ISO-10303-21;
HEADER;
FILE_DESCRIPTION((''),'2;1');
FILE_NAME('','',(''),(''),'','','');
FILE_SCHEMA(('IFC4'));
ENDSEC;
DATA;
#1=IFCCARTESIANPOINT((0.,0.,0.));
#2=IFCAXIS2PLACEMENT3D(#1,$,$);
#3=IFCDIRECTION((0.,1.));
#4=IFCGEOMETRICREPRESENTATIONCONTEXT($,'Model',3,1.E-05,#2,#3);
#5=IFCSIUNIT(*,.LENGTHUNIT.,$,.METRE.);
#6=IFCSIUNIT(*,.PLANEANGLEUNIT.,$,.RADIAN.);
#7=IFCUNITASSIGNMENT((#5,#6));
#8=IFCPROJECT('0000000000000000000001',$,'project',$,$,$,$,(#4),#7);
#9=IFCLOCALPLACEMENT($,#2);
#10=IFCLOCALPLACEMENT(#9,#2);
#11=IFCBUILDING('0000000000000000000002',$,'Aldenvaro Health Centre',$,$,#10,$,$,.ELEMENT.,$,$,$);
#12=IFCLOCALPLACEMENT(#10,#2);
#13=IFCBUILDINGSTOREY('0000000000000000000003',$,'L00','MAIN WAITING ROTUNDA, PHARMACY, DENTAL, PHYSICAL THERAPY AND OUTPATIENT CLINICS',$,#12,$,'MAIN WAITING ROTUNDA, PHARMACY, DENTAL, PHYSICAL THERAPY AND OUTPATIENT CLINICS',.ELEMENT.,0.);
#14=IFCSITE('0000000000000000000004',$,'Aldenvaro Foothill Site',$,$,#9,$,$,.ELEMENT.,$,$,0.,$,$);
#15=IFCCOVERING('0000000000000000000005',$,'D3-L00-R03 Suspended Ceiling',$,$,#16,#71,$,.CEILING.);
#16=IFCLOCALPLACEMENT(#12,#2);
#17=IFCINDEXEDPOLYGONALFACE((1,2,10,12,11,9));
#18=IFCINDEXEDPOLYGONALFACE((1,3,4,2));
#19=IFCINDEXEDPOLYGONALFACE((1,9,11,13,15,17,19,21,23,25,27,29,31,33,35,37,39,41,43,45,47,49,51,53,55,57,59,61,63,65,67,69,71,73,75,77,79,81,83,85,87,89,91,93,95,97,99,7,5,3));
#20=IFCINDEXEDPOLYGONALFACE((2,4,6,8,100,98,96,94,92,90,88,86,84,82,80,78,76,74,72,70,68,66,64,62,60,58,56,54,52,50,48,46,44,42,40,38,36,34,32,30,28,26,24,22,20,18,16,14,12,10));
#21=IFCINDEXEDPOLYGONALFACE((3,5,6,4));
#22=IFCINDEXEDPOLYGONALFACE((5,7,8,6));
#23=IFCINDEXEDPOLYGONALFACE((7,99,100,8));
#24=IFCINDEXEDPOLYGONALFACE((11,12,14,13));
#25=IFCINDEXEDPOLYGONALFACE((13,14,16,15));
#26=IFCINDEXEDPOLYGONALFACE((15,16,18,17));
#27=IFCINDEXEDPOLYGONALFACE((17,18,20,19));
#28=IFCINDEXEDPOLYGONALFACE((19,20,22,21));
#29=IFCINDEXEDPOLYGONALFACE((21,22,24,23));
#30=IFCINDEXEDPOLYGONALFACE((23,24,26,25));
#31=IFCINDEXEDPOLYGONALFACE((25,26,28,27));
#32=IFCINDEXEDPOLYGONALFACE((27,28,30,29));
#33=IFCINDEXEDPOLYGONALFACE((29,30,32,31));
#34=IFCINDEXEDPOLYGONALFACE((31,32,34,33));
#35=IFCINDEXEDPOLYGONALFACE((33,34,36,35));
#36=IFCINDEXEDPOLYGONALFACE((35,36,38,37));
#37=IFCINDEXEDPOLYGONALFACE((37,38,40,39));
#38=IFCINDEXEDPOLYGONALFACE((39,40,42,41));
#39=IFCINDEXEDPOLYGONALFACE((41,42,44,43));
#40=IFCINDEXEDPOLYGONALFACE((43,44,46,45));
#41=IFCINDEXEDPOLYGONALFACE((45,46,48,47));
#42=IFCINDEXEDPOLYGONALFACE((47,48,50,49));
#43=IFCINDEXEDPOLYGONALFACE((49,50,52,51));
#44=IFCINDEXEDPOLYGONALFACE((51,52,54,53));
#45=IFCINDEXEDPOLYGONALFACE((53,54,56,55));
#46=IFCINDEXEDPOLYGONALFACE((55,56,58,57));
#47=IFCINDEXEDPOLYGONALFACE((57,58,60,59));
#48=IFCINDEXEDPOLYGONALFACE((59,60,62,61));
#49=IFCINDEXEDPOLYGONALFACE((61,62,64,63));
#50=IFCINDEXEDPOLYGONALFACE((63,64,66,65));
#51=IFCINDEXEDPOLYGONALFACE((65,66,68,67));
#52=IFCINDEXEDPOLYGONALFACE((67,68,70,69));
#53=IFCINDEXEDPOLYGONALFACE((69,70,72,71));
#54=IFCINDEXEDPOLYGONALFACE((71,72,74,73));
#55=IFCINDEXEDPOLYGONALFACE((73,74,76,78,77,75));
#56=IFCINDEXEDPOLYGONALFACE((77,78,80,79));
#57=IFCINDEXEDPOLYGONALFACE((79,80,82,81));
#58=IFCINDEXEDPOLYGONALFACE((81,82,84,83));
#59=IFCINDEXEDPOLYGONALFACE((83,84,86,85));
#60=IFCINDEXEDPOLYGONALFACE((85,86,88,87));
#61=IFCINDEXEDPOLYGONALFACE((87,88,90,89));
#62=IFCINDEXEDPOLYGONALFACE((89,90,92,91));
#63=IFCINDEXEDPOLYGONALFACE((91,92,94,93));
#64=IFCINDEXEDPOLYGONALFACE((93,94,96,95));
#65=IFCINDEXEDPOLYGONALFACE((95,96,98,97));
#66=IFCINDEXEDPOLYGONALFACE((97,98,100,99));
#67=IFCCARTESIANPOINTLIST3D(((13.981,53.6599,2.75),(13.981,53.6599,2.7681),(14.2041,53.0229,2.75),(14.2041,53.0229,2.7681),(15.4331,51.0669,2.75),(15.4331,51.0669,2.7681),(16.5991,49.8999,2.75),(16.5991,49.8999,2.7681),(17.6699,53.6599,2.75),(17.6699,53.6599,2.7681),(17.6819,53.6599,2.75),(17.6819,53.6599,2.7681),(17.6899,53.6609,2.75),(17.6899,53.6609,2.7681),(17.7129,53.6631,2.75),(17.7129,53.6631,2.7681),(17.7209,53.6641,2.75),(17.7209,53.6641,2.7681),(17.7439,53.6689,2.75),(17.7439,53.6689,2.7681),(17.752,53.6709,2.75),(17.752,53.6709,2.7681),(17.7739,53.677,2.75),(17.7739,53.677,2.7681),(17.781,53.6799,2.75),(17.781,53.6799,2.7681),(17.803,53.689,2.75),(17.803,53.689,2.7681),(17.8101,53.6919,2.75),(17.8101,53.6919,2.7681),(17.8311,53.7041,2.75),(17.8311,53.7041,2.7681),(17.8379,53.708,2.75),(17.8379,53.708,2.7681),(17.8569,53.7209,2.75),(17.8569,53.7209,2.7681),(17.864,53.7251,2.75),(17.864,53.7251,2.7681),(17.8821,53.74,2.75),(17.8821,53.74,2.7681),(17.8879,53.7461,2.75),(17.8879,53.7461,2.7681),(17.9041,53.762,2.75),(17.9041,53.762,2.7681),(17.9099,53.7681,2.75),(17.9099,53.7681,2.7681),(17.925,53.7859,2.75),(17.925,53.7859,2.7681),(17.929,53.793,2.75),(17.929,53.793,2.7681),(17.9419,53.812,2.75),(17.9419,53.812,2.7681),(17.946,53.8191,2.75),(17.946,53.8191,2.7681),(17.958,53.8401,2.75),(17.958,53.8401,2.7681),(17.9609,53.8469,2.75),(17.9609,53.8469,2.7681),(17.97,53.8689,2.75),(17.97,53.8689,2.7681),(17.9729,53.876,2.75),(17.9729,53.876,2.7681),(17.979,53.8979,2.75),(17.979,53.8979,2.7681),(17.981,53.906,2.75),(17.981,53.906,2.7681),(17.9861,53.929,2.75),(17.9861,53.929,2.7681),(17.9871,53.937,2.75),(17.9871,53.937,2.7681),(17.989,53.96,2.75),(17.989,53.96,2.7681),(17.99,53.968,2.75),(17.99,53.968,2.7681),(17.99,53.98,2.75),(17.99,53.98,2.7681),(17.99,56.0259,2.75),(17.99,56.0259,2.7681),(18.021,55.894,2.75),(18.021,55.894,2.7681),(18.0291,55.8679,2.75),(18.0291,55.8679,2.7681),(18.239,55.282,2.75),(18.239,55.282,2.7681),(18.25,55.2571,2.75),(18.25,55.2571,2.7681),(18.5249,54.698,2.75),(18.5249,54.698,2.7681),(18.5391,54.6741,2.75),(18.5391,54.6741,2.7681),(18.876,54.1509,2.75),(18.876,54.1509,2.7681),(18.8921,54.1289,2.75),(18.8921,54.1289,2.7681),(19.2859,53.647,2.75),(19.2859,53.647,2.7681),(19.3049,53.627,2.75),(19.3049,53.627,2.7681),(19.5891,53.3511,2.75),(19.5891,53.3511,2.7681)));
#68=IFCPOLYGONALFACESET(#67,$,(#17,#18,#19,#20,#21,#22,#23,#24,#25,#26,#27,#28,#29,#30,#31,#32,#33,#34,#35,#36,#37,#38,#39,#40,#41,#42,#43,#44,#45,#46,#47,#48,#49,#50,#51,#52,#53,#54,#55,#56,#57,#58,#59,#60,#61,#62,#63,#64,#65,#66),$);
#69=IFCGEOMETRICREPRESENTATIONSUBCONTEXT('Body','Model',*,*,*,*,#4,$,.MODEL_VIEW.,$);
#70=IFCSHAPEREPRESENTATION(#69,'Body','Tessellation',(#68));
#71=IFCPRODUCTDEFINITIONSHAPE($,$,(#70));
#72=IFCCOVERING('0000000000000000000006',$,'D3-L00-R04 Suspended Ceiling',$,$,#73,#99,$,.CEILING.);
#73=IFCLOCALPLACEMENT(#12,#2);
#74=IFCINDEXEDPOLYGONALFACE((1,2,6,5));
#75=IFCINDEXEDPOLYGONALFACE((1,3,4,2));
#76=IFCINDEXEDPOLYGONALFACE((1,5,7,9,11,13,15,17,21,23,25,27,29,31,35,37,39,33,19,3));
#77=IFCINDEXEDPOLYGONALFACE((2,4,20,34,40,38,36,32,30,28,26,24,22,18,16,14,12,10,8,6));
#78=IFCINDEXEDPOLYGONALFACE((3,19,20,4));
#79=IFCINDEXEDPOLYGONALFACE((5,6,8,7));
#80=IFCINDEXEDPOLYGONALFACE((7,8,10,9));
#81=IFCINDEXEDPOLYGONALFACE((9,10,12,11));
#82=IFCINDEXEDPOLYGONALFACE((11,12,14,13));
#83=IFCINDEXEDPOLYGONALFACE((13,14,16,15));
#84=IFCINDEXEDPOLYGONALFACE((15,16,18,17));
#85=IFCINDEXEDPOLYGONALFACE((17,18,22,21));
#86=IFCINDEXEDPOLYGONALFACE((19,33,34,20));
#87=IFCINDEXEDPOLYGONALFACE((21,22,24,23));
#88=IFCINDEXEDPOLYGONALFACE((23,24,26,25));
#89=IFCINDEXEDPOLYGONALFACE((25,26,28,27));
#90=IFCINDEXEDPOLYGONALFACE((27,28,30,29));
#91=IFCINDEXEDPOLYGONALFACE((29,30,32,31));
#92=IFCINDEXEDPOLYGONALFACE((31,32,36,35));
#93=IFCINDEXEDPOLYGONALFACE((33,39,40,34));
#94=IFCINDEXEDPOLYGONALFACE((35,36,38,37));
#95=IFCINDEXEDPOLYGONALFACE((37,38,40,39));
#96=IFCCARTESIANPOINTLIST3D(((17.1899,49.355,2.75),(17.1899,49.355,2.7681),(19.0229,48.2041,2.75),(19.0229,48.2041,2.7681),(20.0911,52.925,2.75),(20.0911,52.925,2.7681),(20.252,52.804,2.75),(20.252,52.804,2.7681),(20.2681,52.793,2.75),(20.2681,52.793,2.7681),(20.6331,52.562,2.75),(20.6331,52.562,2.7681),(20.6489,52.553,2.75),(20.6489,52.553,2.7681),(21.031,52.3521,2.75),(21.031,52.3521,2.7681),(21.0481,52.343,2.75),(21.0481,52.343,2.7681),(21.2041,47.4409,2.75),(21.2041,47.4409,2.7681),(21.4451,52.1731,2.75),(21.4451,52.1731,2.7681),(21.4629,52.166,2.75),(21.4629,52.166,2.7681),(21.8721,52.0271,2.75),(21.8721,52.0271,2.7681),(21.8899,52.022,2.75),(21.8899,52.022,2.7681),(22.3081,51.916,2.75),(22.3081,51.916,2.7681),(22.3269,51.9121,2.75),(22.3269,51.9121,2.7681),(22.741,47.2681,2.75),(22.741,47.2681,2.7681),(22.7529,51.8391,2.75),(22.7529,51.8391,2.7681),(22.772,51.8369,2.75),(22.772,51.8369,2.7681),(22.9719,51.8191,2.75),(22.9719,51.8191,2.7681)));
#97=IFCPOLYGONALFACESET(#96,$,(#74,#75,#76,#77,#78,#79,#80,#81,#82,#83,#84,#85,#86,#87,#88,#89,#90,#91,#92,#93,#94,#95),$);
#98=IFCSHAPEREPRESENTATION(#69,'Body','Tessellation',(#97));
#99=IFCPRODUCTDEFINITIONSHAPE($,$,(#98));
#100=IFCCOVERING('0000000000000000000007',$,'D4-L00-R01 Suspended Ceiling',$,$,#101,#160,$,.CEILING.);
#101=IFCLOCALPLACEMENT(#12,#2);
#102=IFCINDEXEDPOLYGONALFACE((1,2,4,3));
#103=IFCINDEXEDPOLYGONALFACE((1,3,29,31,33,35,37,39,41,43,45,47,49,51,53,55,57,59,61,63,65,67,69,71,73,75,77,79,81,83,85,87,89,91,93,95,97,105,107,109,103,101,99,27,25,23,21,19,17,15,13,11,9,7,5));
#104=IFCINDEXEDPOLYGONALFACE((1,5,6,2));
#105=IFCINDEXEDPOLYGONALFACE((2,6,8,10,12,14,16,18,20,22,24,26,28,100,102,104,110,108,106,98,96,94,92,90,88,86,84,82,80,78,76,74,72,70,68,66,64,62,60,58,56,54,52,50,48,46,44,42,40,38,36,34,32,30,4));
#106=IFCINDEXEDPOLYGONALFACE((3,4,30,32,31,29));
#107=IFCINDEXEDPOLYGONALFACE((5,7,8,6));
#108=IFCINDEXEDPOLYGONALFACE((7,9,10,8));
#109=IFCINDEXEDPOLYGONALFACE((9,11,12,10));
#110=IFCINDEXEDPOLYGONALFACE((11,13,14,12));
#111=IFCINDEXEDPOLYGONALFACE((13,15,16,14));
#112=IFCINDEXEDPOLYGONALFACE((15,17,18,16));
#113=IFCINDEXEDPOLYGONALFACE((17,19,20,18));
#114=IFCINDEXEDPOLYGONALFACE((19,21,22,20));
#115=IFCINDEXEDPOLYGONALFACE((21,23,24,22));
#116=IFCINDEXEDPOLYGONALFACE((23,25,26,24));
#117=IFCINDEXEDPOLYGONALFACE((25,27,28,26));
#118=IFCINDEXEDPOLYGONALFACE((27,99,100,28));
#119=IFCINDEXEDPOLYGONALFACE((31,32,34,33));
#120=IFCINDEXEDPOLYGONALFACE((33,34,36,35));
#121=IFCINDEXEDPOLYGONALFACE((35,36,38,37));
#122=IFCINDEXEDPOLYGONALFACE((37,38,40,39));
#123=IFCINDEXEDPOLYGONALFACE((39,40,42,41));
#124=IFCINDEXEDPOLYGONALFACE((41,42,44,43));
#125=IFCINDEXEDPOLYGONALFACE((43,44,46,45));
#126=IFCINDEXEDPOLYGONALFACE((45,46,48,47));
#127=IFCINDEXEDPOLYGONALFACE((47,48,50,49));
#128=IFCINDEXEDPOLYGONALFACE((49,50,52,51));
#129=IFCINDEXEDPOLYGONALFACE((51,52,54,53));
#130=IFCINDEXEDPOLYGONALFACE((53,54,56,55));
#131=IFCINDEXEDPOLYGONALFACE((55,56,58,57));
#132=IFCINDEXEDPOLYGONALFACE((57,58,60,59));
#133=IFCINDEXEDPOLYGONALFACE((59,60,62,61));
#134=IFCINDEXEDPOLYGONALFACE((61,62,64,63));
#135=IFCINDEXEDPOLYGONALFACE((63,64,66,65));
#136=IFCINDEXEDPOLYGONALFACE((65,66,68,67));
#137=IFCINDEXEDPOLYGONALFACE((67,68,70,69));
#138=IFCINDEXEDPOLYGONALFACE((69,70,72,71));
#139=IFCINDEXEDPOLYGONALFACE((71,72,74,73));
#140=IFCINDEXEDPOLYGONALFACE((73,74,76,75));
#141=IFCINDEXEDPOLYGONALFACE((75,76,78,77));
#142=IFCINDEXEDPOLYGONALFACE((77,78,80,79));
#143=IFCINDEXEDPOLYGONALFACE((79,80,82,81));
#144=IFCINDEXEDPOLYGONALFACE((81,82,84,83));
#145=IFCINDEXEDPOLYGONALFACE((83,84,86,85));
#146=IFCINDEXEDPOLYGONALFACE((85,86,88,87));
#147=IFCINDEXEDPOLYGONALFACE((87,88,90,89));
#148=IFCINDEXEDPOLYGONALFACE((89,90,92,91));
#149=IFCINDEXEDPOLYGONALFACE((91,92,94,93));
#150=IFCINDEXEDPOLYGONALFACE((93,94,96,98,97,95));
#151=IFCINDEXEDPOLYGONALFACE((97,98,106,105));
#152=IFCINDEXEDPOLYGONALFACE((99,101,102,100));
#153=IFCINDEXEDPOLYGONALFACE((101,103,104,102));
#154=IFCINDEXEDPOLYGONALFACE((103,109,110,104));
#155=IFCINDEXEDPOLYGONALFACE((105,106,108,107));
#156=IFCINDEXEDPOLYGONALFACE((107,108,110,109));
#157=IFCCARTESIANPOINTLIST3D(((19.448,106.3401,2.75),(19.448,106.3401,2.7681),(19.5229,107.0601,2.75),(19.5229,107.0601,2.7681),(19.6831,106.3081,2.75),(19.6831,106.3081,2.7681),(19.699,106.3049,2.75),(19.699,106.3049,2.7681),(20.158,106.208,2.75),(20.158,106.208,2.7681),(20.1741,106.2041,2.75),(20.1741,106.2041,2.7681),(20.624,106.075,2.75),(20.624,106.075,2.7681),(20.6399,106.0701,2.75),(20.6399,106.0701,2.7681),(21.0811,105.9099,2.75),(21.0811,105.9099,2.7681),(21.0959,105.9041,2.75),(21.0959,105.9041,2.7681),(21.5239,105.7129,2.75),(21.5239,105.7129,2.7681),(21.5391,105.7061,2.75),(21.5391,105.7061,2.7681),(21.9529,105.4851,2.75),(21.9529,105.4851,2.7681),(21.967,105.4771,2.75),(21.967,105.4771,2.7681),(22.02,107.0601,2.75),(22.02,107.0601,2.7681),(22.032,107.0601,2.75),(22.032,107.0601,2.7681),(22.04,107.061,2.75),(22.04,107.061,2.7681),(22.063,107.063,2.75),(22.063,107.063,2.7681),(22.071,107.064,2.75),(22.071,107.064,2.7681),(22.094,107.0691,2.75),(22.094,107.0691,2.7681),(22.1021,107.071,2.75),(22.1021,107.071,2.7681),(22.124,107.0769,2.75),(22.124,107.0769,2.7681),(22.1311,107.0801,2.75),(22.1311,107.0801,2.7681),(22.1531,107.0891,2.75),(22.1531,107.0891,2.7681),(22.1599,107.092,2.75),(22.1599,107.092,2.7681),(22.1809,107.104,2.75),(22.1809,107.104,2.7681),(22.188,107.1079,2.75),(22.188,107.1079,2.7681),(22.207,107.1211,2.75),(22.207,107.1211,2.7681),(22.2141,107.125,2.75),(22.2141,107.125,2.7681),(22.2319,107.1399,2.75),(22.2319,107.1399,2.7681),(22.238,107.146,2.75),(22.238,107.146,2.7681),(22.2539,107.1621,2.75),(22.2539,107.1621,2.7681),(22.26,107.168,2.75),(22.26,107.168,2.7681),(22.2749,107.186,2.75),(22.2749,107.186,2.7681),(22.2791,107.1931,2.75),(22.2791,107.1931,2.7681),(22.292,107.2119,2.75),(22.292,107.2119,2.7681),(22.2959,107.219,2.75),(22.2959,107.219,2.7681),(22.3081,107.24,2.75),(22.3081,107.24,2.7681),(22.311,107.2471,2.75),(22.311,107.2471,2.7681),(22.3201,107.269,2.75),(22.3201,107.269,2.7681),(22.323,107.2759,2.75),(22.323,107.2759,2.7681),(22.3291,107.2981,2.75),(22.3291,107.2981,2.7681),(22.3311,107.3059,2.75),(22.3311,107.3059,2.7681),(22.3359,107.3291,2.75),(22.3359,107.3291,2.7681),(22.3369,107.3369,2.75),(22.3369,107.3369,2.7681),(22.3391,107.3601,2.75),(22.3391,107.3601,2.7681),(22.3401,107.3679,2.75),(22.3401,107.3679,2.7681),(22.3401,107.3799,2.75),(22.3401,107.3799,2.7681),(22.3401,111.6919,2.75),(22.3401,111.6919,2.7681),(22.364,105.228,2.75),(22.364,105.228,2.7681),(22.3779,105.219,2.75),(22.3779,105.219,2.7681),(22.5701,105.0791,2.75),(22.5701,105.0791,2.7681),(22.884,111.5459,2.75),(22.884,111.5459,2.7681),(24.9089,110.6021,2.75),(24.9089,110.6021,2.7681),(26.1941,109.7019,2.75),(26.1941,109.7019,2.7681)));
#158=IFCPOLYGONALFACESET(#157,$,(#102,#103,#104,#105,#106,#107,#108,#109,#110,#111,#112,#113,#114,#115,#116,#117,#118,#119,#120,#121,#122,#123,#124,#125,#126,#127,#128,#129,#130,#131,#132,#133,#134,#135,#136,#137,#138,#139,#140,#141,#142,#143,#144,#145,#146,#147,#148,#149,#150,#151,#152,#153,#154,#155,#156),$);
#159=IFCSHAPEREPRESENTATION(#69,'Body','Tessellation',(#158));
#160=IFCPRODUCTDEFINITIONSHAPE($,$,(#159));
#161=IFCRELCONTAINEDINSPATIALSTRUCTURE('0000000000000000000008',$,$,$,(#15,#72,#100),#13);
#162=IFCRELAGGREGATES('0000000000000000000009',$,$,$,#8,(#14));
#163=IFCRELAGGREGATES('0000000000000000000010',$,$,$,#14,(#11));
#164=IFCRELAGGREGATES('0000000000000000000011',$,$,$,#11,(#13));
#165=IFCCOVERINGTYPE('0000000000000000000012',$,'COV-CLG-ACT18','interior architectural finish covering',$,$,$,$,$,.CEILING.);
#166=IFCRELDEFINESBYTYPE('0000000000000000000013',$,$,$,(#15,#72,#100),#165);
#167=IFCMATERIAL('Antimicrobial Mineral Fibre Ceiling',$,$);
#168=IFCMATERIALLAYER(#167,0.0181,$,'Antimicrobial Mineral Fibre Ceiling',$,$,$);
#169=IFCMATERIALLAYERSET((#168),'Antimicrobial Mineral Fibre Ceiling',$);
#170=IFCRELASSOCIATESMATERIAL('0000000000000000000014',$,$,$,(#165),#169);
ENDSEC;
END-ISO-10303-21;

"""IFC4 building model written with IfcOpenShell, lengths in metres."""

from ifc_helpers import new_model, si_unit, direction, frame, origin, place, context, subcontext, project, spatial, polyline, outline, extrude, material, layer, layer_set, type_object, element, save


model = new_model("IFC4")

# Units and contexts
model_context = context("Model", 3, precision=1e-05, world=origin(), true_north=direction((0.0, 1.0)))
body_context = subcontext(model_context, "Body", "Model", "MODEL_VIEW")
ifc_project = project(units=[si_unit("LENGTHUNIT", "METRE"), si_unit("PLANEANGLEUNIT", "RADIAN")], contexts=[model_context])

# Site, building, storey
site_placement = place(None, origin())
site = spatial("IfcSite", under=ifc_project, at=site_placement, Name="Aldenvaro Foothill Site", CompositionType="ELEMENT", RefElevation=0.0)
building_placement = place(site_placement, origin())
building = spatial("IfcBuilding", under=site, at=building_placement, Name="Aldenvaro Health Centre", CompositionType="ELEMENT")
storey_placement = place(building_placement, origin())
storey = spatial("IfcBuildingStorey", under=building, at=storey_placement, Name="L00", Description="MAIN WAITING ROTUNDA, PHARMACY, DENTAL, PHYSICAL THERAPY AND OUTPATIENT CLINICS", LongName="MAIN WAITING ROTUNDA, PHARMACY, DENTAL, PHYSICAL THERAPY AND OUTPATIENT CLINICS", CompositionType="ELEMENT", Elevation=0.0)

# Coverings
ifc_material_1 = material(Name="Antimicrobial Mineral Fibre Ceiling")
ifc_layer_1 = layer(ifc_material_1, 0.0181, Name="Antimicrobial Mineral Fibre Ceiling")
ifc_layer_set_1 = layer_set([ifc_layer_1], Name="Antimicrobial Mineral Fibre Ceiling")
covering_type_1 = type_object("IfcCoveringType", Name="COV-CLG-ACT18", Description="interior architectural finish covering", PredefinedType="CEILING", material=ifc_layer_set_1)
covering_1_placement = place(storey_placement, frame((0.0, 0.0, 2.75)))
element("IfcCovering", 1, at=covering_1_placement, inside=storey, type_object=covering_type_1, Name="D3-L00-R03 Suspended Ceiling", PredefinedType="CEILING", context=body_context, shape_type="SweptSolid", body=[
    extrude(outline(polyline([(17.99, 56.0259), (18.021, 55.894), (18.0291, 55.8679), (18.239, 55.282), (18.25, 55.2571), (18.5249, 54.698), (18.5391, 54.6741), (18.876, 54.1509), (18.8921, 54.1289), (19.2859, 53.647), (19.3049, 53.627), (19.5891, 53.3511), (16.5991, 49.8999), (15.4331, 51.0669), (14.2041, 53.0229), (13.981, 53.6599), (17.6699, 53.6599), (17.6819, 53.6599), (17.6899, 53.6609), (17.7129, 53.6631), (17.7209, 53.6641), (17.7439, 53.6689), (17.752, 53.6709), (17.7739, 53.677), (17.781, 53.6799), (17.803, 53.689), (17.8101, 53.6919), (17.8311, 53.7041), (17.8379, 53.708), (17.8569, 53.7209), (17.864, 53.7251), (17.8821, 53.74), (17.8879, 53.7461), (17.9041, 53.762), (17.9099, 53.7681), (17.925, 53.7859), (17.929, 53.793), (17.9419, 53.812), (17.946, 53.8191), (17.958, 53.8401), (17.9609, 53.8469), (17.97, 53.8689), (17.9729, 53.876), (17.979, 53.8979), (17.981, 53.906), (17.9861, 53.929), (17.9871, 53.937), (17.989, 53.96), (17.99, 53.968), (17.99, 53.98), (17.99, 56.0259)])), origin(), (0.0, 0.0, 1.0), 0.0181),
])
covering_2_placement = place(storey_placement, frame((0.0, 0.0, 2.75)))
element("IfcCovering", 2, at=covering_2_placement, inside=storey, type_object=covering_type_1, Name="D3-L00-R04 Suspended Ceiling", PredefinedType="CEILING", context=body_context, shape_type="SweptSolid", body=[
    extrude(outline(polyline([(17.1899, 49.355), (20.0911, 52.925), (20.252, 52.804), (20.2681, 52.793), (20.6331, 52.562), (20.6489, 52.553), (21.031, 52.3521), (21.0481, 52.343), (21.4451, 52.1731), (21.4629, 52.166), (21.8721, 52.0271), (21.8899, 52.022), (22.3081, 51.916), (22.3269, 51.9121), (22.7529, 51.8391), (22.772, 51.8369), (22.9719, 51.8191), (22.741, 47.2681), (21.2041, 47.4409), (19.0229, 48.2041), (17.1899, 49.355)])), origin(), (0.0, 0.0, 1.0), 0.0181),
])
covering_3_placement = place(storey_placement, frame((0.0, 0.0, 2.75)))
element("IfcCovering", 3, at=covering_3_placement, inside=storey, type_object=covering_type_1, Name="D4-L00-R01 Suspended Ceiling", PredefinedType="CEILING", context=body_context, shape_type="SweptSolid", body=[
    extrude(outline(polyline([(22.3779, 105.219), (22.364, 105.228), (21.967, 105.4771), (21.9529, 105.4851), (21.5391, 105.7061), (21.5239, 105.7129), (21.0959, 105.9041), (21.0811, 105.9099), (20.6399, 106.0701), (20.624, 106.075), (20.1741, 106.2041), (20.158, 106.208), (19.699, 106.3049), (19.6831, 106.3081), (19.448, 106.3401), (19.5229, 107.0601), (22.02, 107.0601), (22.032, 107.0601), (22.04, 107.061), (22.063, 107.063), (22.071, 107.064), (22.094, 107.0691), (22.1021, 107.071), (22.124, 107.0769), (22.1311, 107.0801), (22.1531, 107.0891), (22.1599, 107.092), (22.1809, 107.104), (22.188, 107.1079), (22.207, 107.1211), (22.2141, 107.125), (22.2319, 107.1399), (22.238, 107.146), (22.2539, 107.1621), (22.26, 107.168), (22.2749, 107.186), (22.2791, 107.1931), (22.292, 107.2119), (22.2959, 107.219), (22.3081, 107.24), (22.311, 107.2471), (22.3201, 107.269), (22.323, 107.2759), (22.3291, 107.2981), (22.3311, 107.3059), (22.3359, 107.3291), (22.3369, 107.3369), (22.3391, 107.3601), (22.3401, 107.3679), (22.3401, 107.3799), (22.3401, 111.6919), (22.884, 111.5459), (24.9089, 110.6021), (26.1941, 109.7019), (22.5701, 105.0791), (22.3779, 105.219)])), origin(), (0.0, 0.0, 1.0), 0.0181),
])

save(model, "model.ifc")
